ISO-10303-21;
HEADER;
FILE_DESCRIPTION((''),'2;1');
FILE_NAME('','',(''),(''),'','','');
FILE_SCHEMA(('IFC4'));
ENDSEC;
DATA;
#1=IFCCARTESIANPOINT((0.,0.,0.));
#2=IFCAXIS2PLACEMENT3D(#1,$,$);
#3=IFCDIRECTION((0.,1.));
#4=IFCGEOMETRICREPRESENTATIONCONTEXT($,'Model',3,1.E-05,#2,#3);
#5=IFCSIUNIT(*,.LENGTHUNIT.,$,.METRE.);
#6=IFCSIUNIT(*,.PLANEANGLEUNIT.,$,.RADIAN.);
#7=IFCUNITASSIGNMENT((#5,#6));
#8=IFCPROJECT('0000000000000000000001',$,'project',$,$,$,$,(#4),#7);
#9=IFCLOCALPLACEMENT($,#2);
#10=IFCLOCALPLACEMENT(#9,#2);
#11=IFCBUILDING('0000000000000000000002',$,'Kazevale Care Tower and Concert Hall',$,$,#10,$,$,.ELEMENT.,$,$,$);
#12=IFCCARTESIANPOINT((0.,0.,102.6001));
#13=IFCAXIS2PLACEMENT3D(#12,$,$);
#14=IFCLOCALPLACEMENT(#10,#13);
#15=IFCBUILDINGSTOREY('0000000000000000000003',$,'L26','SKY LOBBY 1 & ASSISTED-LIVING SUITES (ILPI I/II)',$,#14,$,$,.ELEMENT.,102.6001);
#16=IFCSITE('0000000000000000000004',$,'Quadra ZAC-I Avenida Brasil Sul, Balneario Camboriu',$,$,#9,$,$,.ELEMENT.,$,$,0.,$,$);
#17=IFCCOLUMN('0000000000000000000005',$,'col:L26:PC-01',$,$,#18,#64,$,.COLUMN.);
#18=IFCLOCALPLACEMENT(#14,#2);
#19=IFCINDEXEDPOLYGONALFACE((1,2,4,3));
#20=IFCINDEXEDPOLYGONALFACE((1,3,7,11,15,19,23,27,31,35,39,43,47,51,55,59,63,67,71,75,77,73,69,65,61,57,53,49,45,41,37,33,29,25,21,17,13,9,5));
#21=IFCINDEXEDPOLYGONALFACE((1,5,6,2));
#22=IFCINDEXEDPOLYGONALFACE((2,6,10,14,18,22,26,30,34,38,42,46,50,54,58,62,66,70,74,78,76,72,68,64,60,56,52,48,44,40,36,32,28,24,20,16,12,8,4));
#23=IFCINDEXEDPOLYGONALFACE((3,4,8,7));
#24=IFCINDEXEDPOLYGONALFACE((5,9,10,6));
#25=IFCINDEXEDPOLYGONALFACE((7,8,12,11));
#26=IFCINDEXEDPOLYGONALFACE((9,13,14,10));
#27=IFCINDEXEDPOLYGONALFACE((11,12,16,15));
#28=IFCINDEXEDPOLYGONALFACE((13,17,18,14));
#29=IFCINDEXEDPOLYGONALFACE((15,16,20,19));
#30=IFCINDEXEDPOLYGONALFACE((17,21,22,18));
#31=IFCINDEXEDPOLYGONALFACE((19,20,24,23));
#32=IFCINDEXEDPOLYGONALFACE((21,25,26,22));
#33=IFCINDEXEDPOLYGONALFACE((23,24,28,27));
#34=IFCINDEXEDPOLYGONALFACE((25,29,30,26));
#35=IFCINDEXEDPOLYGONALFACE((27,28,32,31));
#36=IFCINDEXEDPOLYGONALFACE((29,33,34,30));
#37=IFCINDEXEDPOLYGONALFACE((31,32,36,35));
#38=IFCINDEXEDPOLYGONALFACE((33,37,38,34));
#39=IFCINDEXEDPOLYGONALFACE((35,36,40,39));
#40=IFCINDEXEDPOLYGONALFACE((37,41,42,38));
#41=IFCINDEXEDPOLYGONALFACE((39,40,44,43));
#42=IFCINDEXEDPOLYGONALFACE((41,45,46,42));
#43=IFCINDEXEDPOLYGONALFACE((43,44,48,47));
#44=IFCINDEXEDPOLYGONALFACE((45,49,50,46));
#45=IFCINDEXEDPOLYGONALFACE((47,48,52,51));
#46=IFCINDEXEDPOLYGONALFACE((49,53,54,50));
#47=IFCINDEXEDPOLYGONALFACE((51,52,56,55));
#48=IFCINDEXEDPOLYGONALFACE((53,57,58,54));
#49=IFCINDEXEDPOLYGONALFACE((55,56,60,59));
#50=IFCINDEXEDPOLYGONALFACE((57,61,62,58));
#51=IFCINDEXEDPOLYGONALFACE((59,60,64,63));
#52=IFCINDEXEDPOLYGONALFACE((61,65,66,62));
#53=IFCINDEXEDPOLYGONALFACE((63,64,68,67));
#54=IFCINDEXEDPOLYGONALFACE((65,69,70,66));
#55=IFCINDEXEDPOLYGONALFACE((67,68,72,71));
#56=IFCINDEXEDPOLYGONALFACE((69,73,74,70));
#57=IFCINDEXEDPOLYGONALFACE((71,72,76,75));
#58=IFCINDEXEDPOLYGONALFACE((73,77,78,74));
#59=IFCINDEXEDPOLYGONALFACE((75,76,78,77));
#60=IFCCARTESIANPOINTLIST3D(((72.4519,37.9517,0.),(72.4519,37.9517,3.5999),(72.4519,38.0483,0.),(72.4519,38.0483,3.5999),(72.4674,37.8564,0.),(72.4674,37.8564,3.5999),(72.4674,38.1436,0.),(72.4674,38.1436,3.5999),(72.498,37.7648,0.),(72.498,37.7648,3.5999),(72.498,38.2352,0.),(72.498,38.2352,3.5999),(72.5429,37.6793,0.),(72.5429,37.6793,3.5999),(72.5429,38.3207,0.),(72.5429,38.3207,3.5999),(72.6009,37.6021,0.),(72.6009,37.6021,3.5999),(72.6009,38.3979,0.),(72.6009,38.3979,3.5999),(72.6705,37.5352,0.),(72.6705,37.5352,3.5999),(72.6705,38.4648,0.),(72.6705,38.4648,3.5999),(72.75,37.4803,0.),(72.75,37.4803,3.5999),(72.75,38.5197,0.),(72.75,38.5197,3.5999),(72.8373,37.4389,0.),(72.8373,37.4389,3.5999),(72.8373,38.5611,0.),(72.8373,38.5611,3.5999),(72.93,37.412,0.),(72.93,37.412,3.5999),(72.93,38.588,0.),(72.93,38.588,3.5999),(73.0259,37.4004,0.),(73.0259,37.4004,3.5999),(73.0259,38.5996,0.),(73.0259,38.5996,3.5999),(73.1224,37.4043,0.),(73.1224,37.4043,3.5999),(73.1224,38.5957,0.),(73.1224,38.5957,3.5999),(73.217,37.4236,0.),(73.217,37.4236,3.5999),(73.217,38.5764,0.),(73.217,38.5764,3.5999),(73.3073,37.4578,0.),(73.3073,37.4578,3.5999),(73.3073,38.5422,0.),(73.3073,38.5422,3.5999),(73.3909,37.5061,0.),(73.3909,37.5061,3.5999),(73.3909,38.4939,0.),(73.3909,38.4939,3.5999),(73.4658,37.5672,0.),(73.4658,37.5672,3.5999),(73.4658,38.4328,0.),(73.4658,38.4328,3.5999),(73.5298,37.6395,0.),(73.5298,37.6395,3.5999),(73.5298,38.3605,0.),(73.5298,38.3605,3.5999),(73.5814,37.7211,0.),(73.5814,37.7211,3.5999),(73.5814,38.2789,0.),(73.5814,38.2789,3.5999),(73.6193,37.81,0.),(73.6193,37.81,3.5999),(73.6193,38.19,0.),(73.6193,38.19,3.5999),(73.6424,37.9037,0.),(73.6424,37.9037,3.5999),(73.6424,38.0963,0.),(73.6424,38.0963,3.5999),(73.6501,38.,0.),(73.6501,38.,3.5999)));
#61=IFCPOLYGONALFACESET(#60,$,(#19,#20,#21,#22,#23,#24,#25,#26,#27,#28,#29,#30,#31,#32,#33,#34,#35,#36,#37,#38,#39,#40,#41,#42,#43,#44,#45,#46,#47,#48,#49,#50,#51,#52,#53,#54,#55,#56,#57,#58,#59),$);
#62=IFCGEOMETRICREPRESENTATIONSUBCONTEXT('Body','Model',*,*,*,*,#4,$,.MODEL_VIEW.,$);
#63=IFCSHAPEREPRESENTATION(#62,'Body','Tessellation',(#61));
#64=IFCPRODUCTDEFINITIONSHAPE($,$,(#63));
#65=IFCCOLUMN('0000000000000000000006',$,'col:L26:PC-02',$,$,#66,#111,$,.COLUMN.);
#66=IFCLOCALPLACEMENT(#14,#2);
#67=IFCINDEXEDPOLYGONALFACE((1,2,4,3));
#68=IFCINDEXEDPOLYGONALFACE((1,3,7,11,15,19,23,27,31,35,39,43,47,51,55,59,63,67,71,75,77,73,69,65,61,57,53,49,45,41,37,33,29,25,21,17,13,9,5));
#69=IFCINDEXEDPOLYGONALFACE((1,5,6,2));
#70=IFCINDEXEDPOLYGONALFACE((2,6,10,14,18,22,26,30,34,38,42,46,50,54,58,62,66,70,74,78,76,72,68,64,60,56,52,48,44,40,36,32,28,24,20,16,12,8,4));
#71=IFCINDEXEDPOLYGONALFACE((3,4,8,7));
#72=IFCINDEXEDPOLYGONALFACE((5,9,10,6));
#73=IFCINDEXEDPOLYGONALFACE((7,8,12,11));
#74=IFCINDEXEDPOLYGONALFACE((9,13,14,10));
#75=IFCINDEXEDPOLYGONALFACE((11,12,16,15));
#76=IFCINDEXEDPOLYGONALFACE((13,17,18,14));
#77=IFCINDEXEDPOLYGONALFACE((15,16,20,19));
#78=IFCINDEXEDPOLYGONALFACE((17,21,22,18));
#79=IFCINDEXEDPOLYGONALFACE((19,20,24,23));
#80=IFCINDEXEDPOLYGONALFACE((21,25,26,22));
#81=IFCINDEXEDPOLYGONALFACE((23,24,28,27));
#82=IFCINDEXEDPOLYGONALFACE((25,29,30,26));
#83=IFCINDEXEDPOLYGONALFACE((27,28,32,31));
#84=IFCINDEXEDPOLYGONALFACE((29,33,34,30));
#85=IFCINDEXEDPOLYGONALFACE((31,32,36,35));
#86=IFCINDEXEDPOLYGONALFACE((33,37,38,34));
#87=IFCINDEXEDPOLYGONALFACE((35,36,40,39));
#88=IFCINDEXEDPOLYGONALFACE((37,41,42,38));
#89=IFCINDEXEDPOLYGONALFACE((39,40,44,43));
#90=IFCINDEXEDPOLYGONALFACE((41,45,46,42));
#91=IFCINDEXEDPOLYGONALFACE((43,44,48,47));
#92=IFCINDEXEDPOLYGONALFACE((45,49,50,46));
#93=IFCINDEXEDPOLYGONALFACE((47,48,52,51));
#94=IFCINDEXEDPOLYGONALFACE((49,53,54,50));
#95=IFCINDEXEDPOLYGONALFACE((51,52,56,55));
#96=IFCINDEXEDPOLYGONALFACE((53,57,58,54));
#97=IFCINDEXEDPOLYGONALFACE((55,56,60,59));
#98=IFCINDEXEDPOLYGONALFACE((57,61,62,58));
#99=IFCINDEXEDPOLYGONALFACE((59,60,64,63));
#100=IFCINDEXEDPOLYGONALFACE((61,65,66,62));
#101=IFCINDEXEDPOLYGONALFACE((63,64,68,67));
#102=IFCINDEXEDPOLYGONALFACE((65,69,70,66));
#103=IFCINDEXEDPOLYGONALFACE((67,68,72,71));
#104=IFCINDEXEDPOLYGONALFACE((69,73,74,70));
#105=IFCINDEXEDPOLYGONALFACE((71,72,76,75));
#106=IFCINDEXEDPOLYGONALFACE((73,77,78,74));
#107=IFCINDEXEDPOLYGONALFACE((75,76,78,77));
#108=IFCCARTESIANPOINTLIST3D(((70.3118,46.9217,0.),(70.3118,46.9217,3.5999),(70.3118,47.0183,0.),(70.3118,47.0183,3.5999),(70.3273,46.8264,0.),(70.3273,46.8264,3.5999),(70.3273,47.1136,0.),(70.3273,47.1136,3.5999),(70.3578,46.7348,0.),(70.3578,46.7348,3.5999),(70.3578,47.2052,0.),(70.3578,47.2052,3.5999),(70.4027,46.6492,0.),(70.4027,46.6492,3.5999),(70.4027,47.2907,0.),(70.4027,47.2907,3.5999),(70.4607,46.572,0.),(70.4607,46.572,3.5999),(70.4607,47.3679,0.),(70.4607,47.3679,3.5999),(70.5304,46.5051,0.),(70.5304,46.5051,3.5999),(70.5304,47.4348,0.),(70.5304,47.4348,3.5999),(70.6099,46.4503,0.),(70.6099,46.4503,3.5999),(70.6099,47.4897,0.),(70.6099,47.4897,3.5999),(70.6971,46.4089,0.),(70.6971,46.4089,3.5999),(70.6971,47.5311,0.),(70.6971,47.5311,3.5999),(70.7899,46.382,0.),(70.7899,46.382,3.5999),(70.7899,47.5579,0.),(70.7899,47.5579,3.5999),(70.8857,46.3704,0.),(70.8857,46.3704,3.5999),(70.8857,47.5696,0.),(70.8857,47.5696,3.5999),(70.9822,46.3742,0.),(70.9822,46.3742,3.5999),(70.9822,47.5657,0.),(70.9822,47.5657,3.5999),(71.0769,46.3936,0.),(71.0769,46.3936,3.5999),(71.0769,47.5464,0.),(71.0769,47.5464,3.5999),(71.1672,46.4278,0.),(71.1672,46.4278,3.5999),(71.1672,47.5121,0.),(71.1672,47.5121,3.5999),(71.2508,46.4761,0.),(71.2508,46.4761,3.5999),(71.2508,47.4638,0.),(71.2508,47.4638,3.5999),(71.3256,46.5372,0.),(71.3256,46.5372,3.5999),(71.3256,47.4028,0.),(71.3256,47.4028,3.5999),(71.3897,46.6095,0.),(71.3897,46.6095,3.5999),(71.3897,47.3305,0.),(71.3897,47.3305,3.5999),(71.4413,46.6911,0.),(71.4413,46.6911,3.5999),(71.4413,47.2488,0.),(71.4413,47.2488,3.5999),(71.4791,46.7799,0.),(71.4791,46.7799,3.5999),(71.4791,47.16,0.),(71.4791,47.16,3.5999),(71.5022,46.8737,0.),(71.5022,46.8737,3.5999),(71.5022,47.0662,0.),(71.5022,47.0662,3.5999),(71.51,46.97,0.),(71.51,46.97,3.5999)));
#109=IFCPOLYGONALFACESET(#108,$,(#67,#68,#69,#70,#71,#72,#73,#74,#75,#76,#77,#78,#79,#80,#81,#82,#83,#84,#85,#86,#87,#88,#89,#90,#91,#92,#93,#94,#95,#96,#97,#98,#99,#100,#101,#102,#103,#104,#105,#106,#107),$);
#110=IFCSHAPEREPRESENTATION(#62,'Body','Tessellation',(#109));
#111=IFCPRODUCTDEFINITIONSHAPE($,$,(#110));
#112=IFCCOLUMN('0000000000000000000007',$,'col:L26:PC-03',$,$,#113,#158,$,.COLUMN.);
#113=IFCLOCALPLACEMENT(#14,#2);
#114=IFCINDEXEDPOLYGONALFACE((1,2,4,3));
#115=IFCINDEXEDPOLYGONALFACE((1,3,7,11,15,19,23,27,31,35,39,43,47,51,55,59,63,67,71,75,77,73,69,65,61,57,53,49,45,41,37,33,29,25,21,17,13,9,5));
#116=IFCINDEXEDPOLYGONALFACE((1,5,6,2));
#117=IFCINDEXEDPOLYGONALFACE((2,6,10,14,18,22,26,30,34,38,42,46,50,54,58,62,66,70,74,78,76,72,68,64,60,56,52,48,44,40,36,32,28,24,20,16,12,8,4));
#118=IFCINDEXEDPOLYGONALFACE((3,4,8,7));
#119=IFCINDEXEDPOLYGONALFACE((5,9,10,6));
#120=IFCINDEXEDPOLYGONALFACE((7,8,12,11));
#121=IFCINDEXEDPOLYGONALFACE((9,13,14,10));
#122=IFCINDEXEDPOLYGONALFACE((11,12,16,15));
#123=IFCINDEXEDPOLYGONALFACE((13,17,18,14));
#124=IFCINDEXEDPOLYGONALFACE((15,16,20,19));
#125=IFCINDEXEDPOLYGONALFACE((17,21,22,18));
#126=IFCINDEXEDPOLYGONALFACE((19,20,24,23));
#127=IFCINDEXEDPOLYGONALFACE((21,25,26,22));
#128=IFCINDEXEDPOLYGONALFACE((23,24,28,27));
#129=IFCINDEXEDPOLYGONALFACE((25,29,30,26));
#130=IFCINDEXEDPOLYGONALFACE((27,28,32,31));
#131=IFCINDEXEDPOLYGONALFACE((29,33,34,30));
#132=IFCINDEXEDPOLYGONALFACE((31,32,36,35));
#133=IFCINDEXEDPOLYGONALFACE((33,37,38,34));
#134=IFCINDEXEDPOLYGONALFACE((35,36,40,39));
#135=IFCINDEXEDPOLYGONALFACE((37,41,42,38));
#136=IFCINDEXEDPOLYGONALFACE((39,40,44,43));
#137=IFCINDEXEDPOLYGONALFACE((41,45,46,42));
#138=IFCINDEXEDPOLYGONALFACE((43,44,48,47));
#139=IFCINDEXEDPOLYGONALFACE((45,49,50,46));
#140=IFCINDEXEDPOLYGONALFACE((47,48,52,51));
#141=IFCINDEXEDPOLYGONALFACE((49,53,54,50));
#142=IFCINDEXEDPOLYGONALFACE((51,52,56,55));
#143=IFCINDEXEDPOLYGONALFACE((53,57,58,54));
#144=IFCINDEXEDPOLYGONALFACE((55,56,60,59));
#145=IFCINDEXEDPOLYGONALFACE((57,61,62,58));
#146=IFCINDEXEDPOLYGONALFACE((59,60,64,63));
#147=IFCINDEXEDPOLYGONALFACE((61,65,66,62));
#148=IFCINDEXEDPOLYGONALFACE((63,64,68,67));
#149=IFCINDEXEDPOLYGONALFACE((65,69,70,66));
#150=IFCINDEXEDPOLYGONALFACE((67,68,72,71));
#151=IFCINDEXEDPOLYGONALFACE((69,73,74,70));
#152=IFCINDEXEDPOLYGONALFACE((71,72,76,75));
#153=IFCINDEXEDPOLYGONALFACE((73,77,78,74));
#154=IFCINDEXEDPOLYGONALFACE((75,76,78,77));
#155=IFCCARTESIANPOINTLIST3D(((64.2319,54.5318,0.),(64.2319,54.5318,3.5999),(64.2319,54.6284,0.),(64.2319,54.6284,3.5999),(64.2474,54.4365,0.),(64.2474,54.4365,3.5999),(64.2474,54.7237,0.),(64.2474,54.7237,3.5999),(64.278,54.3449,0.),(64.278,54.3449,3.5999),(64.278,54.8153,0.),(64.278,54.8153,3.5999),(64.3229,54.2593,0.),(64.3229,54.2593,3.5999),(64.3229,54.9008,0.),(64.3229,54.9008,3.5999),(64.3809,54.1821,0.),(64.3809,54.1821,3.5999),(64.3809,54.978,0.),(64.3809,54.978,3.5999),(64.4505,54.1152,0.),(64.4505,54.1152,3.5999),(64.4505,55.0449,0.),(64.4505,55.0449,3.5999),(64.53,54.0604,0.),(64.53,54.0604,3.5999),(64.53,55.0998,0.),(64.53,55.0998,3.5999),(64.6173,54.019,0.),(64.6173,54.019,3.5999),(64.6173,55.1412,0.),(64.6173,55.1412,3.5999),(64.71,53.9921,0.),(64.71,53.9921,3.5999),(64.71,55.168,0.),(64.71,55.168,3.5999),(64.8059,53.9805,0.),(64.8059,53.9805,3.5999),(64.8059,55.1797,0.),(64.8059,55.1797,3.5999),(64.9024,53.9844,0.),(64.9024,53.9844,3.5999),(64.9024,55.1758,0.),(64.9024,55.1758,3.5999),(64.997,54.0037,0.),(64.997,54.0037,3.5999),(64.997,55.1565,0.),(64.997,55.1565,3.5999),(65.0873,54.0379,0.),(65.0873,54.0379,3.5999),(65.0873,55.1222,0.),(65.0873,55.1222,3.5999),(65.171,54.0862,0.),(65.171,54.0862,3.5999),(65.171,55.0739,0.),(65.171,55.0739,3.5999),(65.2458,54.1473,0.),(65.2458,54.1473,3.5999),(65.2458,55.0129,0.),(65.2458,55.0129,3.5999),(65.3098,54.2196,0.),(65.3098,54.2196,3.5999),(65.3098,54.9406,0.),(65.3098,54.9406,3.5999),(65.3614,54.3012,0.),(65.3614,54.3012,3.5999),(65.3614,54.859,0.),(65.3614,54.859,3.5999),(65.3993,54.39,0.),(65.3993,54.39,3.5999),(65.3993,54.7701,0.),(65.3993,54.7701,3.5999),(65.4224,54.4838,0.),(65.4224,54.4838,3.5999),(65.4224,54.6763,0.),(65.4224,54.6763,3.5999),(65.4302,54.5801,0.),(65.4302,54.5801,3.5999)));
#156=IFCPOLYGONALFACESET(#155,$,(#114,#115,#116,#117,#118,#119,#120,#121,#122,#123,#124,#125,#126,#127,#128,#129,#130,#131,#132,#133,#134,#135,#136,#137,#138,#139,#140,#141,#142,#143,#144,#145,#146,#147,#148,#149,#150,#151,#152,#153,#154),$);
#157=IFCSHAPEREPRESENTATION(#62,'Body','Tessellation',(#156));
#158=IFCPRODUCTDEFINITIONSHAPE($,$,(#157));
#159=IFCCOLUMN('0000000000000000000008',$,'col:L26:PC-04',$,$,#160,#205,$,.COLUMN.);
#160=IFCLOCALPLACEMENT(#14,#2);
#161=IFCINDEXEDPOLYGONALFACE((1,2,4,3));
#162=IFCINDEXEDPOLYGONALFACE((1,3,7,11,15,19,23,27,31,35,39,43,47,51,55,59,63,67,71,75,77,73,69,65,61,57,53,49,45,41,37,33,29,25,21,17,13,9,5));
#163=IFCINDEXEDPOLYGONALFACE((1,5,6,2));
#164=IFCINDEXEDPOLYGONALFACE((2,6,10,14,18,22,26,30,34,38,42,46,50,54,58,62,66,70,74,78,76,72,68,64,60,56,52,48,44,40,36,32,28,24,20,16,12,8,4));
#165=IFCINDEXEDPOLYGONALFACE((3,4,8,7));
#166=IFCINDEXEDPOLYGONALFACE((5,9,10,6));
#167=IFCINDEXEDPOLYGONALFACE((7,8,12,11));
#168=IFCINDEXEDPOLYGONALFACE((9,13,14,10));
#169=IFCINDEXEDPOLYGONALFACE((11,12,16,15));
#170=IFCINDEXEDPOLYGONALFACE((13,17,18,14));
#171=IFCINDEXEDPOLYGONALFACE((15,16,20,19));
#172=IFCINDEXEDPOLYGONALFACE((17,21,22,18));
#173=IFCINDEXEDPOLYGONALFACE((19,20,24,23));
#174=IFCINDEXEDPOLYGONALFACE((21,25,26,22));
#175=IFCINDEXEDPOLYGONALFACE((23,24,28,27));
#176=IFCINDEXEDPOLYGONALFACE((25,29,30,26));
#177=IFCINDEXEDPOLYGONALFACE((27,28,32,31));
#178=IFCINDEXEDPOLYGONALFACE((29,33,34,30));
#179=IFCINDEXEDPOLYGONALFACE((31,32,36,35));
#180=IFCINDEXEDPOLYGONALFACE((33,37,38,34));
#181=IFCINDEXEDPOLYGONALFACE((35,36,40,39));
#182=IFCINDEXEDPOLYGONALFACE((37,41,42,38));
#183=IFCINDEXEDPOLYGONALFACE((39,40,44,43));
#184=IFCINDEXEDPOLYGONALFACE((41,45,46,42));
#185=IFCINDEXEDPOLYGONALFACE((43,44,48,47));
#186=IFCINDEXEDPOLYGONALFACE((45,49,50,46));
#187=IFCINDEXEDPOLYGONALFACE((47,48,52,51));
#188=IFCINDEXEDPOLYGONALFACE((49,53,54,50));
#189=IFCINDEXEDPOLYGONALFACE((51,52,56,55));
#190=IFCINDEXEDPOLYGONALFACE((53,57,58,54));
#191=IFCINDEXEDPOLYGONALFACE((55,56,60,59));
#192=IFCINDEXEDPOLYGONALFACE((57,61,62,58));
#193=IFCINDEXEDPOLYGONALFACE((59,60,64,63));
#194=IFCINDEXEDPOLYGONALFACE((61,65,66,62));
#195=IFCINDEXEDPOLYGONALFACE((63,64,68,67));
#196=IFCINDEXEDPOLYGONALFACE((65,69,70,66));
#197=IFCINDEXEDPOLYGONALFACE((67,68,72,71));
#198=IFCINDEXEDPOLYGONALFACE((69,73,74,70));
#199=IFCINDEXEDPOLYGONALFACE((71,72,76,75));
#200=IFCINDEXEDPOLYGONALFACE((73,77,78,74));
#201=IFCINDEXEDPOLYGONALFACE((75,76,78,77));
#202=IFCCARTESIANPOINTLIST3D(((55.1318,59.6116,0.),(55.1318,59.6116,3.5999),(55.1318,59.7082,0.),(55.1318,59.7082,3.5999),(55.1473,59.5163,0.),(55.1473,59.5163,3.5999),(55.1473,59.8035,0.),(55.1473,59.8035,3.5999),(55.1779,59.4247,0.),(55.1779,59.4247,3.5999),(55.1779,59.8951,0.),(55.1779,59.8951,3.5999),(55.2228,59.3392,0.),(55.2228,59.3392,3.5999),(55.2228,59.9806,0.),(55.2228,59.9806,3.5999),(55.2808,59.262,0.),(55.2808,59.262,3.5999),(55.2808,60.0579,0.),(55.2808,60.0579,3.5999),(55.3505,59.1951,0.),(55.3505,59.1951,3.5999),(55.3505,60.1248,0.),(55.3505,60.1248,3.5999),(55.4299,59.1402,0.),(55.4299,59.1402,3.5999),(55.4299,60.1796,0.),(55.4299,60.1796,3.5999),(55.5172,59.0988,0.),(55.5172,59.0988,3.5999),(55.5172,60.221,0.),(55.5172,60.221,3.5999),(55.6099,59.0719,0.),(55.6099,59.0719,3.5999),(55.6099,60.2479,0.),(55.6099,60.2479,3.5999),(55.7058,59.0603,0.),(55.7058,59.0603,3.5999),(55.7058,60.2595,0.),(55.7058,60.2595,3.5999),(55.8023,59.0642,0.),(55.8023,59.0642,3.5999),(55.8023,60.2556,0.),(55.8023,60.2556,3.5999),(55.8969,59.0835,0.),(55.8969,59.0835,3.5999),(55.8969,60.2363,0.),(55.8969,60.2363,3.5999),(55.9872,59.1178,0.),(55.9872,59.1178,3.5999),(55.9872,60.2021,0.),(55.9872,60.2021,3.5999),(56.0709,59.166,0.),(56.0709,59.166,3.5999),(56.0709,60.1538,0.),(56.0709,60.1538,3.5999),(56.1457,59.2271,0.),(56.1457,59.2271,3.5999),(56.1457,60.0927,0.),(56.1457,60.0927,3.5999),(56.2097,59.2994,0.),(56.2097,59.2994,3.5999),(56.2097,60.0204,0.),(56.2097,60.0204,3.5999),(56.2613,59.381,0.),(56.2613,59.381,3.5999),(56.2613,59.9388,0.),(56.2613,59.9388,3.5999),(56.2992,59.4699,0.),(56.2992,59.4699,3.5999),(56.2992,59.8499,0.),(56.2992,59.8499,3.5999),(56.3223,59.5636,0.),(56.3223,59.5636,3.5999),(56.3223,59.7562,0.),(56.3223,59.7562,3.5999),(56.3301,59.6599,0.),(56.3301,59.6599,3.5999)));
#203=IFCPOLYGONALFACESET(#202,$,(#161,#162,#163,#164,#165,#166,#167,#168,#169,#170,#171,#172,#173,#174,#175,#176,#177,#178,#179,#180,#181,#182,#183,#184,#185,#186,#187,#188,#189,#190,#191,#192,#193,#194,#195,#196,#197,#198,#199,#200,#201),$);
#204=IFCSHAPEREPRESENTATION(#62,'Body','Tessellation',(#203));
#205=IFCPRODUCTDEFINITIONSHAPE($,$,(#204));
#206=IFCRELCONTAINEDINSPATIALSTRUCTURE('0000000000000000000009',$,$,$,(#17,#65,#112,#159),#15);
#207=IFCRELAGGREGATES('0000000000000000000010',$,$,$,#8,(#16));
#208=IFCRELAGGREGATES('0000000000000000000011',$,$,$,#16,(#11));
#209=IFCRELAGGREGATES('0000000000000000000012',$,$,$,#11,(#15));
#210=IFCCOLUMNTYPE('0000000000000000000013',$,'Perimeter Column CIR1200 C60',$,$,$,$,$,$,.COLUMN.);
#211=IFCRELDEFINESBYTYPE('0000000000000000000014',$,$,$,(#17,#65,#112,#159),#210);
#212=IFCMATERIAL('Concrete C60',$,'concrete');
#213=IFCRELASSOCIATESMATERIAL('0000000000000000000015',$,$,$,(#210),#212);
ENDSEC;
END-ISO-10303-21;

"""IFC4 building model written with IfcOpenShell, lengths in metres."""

from ifc_helpers import new_model, si_unit, direction, frame, origin, origin_2d, place, context, subcontext, project, spatial, circle, extrude, material, material_profile, profile_set, type_object, element, save


model = new_model("IFC4")

# Units and contexts
model_context = context("Model", 3, precision=1e-05, world=origin(), true_north=direction((0.0, 1.0)))
body_context = subcontext(model_context, "Body", "Model", "MODEL_VIEW")
ifc_project = project(units=[si_unit("LENGTHUNIT", "METRE"), si_unit("PLANEANGLEUNIT", "RADIAN")], contexts=[model_context])

# Site, building, storey
site_placement = place(None, origin())
site = spatial("IfcSite", under=ifc_project, at=site_placement, Name="Quadra ZAC-I Avenida Brasil Sul, Balneario Camboriu", CompositionType="ELEMENT", RefElevation=0.0)
building_placement = place(site_placement, origin())
building = spatial("IfcBuilding", under=site, at=building_placement, Name="Kazevale Care Tower and Concert Hall", CompositionType="ELEMENT")
storey_placement = place(building_placement, frame((0.0, 0.0, 102.6001)))
storey = spatial("IfcBuildingStorey", under=building, at=storey_placement, Name="L26", Description="SKY LOBBY 1 & ASSISTED-LIVING SUITES (ILPI I/II)", CompositionType="ELEMENT", Elevation=102.6001)

# Columns
ifc_material_1 = material(Name="Concrete C60", Category="concrete")
ifc_material_profile_1 = material_profile(ifc_material_1, circle(Radius=0.6001, at=origin_2d()), Name="RC-CIR1200")
ifc_profile_set_1 = profile_set([ifc_material_profile_1], Name="Concrete C60")
column_type = type_object("IfcColumnType", Name="Perimeter Column CIR1200 C60", PredefinedType="COLUMN", material=ifc_profile_set_1)
for number, where, z_axis, x_axis, name in (
    (1, (73.05, 38.0, 0.0), (0.0, 0.0, 1.0), (1.0, 0.0, 0.0), "col:L26:PC-01"),
    (2, (70.9099, 46.97, 0.0), (0.0, 0.0, 1.0), (1.0, 0.0, 0.0), "col:L26:PC-02"),
    (3, (64.8301, 54.5801, 0.0), (0.0, 0.0, 1.0), (1.0, 0.0, 0.0), "col:L26:PC-03"),
    (4, (55.73, 59.6599, 0.0), (0.0, 0.0, 1.0), (1.0, 0.0, 0.0), "col:L26:PC-04"),
):
    element("IfcColumn", number, at=place(storey_placement, frame(where, z_axis=z_axis, x_axis=x_axis)), inside=storey, type_object=column_type, Name=name, PredefinedType="COLUMN", context=body_context, shape_type="SweptSolid", body=[
        extrude(circle(Radius=0.6001, at=origin_2d()), origin(), (0.0, 0.0, 1.0), 3.5999),
    ])

save(model, "model.ifc")
